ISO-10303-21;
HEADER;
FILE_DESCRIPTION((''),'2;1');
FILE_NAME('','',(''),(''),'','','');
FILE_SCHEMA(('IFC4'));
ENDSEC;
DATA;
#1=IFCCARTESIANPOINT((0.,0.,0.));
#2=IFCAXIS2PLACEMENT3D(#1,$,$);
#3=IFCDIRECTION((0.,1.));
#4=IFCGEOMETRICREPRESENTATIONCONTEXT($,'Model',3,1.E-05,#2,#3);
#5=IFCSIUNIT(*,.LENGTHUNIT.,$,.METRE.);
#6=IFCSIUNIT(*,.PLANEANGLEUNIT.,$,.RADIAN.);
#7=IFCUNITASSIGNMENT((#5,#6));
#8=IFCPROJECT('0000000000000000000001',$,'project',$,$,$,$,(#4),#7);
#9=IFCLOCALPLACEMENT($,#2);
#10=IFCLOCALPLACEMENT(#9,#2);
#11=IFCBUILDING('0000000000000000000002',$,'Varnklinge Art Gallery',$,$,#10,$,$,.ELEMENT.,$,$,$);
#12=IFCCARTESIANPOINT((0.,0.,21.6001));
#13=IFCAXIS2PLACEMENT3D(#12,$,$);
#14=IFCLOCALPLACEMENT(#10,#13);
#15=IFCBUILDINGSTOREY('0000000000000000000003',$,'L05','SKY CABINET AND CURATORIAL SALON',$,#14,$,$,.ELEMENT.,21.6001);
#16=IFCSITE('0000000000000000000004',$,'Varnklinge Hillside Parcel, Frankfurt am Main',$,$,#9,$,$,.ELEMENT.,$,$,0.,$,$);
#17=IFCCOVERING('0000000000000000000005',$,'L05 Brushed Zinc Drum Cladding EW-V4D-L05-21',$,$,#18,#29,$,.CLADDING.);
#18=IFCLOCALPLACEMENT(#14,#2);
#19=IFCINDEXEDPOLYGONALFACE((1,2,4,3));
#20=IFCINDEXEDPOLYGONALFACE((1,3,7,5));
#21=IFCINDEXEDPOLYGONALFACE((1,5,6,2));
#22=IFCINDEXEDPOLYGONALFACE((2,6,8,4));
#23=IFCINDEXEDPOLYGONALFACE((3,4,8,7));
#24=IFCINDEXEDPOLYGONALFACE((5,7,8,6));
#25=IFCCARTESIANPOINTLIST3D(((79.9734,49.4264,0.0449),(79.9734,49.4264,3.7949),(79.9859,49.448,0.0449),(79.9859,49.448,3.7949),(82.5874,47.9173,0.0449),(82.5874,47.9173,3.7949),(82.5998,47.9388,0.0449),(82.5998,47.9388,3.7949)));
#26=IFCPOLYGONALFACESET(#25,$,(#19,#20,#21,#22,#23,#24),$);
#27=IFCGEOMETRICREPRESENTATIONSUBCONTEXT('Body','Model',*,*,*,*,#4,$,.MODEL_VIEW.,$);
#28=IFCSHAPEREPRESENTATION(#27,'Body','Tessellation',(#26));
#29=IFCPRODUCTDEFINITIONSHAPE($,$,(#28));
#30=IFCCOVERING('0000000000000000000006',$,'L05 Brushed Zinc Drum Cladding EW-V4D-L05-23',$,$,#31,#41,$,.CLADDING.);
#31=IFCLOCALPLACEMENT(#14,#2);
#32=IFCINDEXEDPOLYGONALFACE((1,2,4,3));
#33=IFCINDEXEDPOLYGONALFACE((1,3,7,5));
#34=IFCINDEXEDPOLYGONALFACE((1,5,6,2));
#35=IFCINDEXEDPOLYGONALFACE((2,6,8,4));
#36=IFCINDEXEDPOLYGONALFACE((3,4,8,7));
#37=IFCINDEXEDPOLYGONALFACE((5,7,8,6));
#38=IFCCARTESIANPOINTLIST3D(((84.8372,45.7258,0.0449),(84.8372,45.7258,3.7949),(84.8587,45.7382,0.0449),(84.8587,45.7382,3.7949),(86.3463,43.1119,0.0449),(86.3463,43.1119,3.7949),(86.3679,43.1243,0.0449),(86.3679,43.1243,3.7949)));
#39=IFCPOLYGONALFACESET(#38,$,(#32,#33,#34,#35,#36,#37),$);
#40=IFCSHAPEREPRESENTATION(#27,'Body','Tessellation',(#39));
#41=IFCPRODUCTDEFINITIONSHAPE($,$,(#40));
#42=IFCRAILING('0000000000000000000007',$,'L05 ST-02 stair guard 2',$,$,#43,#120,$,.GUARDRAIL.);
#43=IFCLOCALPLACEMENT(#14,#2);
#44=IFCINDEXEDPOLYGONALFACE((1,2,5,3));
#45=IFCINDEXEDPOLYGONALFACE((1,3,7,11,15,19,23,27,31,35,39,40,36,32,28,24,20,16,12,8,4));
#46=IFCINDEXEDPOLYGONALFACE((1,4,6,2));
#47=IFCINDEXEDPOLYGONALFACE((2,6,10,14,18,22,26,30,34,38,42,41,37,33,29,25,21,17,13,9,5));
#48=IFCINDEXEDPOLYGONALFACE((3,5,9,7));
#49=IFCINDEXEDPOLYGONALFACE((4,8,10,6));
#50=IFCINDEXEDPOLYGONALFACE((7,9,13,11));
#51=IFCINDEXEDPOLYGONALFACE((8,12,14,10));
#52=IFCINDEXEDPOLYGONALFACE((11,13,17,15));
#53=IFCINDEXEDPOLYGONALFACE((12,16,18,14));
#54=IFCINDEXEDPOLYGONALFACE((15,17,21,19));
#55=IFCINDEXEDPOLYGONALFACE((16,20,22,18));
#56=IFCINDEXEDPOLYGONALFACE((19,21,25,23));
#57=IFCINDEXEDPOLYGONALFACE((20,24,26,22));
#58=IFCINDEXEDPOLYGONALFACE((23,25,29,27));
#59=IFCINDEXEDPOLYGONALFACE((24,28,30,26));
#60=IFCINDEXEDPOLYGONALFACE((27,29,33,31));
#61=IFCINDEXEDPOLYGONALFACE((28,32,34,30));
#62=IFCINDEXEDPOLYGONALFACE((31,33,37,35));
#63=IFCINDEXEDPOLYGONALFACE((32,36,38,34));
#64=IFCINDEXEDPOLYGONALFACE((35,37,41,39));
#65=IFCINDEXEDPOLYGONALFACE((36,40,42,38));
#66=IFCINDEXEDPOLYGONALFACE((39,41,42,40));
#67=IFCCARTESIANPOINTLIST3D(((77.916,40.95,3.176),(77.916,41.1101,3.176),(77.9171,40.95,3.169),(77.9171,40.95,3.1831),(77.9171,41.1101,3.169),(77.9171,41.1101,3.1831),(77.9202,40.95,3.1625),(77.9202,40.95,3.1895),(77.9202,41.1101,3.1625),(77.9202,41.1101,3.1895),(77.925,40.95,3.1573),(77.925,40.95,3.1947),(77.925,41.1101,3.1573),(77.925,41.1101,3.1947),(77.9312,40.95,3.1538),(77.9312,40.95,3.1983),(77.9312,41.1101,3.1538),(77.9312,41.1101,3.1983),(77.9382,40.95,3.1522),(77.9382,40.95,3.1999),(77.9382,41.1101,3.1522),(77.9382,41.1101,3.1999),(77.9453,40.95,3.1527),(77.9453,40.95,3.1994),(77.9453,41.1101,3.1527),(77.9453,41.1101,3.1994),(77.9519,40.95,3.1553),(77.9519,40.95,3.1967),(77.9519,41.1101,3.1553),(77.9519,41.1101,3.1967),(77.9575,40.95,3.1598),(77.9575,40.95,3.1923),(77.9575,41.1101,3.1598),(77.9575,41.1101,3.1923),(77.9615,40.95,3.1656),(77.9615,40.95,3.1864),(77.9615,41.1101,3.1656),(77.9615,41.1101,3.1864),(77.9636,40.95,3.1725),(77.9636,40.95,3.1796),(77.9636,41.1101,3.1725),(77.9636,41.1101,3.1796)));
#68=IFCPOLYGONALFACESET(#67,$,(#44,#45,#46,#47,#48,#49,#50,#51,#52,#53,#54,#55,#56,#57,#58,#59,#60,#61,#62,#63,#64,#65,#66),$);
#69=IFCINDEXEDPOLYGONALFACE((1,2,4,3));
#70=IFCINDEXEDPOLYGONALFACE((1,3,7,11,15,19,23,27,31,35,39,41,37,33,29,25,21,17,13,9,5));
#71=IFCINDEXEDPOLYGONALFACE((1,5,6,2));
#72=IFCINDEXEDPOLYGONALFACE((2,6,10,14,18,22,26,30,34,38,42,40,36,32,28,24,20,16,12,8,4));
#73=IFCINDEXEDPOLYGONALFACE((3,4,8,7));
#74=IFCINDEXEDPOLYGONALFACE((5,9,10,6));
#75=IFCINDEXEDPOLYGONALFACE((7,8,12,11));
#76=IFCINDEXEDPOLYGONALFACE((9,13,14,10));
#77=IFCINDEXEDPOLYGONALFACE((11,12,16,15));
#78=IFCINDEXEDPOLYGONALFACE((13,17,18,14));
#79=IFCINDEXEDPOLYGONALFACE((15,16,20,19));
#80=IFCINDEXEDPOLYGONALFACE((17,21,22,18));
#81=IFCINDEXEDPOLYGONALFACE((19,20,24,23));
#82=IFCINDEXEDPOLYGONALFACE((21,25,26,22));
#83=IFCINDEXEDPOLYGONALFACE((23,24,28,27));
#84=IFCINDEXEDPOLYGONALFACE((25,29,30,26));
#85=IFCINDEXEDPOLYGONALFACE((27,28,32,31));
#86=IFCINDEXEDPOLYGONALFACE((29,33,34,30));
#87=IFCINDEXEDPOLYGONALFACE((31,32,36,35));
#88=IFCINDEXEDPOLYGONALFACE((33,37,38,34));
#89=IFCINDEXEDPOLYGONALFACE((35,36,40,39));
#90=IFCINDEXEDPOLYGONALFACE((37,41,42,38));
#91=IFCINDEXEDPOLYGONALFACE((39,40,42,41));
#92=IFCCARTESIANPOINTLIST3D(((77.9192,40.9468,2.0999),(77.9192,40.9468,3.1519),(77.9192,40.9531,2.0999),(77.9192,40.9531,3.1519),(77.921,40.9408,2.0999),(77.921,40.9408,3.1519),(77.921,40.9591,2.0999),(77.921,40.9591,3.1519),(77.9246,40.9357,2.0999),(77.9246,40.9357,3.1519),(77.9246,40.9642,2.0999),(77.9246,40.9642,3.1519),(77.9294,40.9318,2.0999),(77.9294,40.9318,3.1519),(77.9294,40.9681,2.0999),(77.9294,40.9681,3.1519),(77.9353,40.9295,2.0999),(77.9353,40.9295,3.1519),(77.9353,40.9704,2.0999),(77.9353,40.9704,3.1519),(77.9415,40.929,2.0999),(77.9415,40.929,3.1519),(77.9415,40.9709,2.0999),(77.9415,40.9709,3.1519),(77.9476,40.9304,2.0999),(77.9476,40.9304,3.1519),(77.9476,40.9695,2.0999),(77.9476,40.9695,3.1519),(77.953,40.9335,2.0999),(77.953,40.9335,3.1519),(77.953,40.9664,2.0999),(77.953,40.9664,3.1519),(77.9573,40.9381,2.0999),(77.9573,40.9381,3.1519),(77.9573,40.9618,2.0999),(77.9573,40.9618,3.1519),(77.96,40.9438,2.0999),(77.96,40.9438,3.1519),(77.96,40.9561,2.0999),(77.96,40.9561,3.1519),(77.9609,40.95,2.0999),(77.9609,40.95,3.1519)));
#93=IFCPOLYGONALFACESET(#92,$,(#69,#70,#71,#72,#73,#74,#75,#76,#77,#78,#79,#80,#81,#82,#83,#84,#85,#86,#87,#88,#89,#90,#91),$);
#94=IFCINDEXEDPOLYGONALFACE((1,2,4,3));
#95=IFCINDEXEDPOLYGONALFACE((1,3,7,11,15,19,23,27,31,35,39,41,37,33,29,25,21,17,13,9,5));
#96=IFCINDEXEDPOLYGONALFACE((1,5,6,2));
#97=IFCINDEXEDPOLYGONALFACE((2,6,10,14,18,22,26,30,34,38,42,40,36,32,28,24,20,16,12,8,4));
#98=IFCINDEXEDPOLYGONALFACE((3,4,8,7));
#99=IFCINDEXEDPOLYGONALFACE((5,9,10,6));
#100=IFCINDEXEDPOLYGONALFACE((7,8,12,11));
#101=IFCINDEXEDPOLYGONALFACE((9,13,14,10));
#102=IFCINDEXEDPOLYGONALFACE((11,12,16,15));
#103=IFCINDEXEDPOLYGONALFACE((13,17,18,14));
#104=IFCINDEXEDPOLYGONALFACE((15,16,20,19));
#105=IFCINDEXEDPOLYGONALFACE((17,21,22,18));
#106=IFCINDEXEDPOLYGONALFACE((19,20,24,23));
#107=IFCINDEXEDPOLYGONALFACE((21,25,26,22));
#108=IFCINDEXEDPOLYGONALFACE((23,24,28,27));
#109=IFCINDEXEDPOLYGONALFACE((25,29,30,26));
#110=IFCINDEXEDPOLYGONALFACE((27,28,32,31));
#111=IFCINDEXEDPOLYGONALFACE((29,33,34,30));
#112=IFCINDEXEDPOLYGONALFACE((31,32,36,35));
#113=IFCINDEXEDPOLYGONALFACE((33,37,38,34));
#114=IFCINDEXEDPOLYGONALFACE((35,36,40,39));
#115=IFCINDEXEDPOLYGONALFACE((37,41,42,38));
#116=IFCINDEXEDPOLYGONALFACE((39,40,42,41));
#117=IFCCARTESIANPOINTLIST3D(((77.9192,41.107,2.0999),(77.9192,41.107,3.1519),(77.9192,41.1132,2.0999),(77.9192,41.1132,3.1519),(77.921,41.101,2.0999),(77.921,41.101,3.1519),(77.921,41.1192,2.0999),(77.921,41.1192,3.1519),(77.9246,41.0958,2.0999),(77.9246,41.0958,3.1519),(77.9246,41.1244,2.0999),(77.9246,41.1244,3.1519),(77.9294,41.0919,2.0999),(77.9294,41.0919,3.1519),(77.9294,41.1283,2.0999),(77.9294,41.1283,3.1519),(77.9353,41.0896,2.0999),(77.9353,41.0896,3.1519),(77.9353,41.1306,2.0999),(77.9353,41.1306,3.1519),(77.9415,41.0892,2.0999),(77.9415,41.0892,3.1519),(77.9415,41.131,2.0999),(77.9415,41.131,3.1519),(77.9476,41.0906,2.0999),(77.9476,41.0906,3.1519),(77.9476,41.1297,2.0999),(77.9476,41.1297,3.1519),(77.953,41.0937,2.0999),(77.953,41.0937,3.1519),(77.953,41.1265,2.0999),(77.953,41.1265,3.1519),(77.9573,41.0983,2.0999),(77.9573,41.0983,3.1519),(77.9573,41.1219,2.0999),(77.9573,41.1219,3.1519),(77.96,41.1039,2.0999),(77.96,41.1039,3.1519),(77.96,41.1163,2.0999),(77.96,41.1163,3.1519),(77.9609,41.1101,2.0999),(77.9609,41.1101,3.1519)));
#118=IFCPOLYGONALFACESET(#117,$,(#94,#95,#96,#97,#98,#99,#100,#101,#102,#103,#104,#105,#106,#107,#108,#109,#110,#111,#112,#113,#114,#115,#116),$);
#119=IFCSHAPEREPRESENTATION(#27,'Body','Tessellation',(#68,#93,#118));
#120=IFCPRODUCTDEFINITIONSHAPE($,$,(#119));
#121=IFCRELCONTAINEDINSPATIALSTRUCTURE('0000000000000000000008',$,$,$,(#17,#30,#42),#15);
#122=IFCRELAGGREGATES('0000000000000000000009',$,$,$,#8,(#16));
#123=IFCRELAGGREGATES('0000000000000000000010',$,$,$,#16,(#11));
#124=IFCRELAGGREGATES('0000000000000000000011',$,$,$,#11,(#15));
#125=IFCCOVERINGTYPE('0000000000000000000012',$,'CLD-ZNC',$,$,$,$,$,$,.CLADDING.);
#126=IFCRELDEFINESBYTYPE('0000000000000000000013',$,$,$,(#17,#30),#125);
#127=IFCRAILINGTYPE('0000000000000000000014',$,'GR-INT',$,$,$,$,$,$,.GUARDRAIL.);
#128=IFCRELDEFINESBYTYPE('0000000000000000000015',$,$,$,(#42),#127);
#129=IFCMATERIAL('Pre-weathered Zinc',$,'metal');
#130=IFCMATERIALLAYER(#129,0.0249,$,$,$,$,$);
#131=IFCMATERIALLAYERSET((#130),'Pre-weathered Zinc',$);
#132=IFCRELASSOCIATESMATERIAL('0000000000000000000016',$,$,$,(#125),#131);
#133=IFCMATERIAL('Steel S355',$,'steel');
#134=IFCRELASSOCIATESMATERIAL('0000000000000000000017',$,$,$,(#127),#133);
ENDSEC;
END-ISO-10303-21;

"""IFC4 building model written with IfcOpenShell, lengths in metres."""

from ifc_helpers import new_model, si_unit, direction, frame, origin, origin_2d, place, context, subcontext, project, spatial, rectangle, circle, extrude, material, layer, layer_set, type_object, element, save


model = new_model("IFC4")

# Units and contexts
model_context = context("Model", 3, precision=1e-05, world=origin(), true_north=direction((0.0, 1.0)))
body_context = subcontext(model_context, "Body", "Model", "MODEL_VIEW")
ifc_project = project(units=[si_unit("LENGTHUNIT", "METRE"), si_unit("PLANEANGLEUNIT", "RADIAN")], contexts=[model_context])

# Site, building, storey
site_placement = place(None, origin())
site = spatial("IfcSite", under=ifc_project, at=site_placement, Name="Varnklinge Hillside Parcel, Frankfurt am Main", CompositionType="ELEMENT", RefElevation=0.0)
building_placement = place(site_placement, origin())
building = spatial("IfcBuilding", under=site, at=building_placement, Name="Varnklinge Art Gallery", CompositionType="ELEMENT")
storey_placement = place(building_placement, frame((0.0, 0.0, 21.6001)))
storey = spatial("IfcBuildingStorey", under=building, at=storey_placement, Name="L05", Description="SKY CABINET AND CURATORIAL SALON", CompositionType="ELEMENT", Elevation=21.6001)

# Coverings
ifc_material_1 = material(Name="Pre-weathered Zinc", Category="metal")
ifc_layer_1 = layer(ifc_material_1, 0.0249)
ifc_layer_set_1 = layer_set([ifc_layer_1], Name="Pre-weathered Zinc")
covering_type = type_object("IfcCoveringType", Name="CLD-ZNC", PredefinedType="CLADDING", material=ifc_layer_set_1)
for number, where, z_axis, x_axis, name in (
    (1, (81.2866, 48.6826, 0.0449), (0.0, 0.0, 1.0), (0.866025, -0.5, 0.0), "L05 Brushed Zinc Drum Cladding EW-V4D-L05-21"),
    (2, (85.6025, 44.425, 0.0449), (0.0, 0.0, 1.0), (0.5, -0.866025, 0.0), "L05 Brushed Zinc Drum Cladding EW-V4D-L05-23"),
):
    element("IfcCovering", number, at=place(storey_placement, frame(where, z_axis=z_axis, x_axis=x_axis)), inside=storey, type_object=covering_type, Name=name, PredefinedType="CLADDING", context=body_context, shape_type="SweptSolid", body=[
        extrude(rectangle(XDim=3.0183, YDim=0.0249, at=origin_2d()), origin(), (0.0, 0.0, 1.0), 3.75),
    ])

# Railing
ifc_material_2 = material(Name="Steel S355", Category="steel")
railing_type = type_object("IfcRailingType", Name="GR-INT", PredefinedType="GUARDRAIL", material=ifc_material_2)
railing_placement = place(storey_placement, frame((77.9399, 40.95, 2.0999)))
element("IfcRailing", 3, at=railing_placement, inside=storey, type_object=railing_type, Name="L05 ST-02 stair guard 2", PredefinedType="GUARDRAIL", context=body_context, shape_type="SweptSolid", body=[
    extrude(circle(Radius=0.0239, at=origin_2d()), frame((0.0, 0.0, 1.0762), z_axis=(0.0, 1.0, 0.0), x_axis=(-1.0, 0.0, 0.0)), (0.0, 0.0, 1.0), 0.1602),
    extrude(circle(Radius=0.021, at=origin_2d()), origin(), (0.0, 0.0, 1.0), 1.052),
    extrude(circle(Radius=0.021, at=origin_2d()), frame((0.0, 0.1602, 0.0)), (0.0, 0.0, 1.0), 1.052),
])

save(model, "model.ifc")
